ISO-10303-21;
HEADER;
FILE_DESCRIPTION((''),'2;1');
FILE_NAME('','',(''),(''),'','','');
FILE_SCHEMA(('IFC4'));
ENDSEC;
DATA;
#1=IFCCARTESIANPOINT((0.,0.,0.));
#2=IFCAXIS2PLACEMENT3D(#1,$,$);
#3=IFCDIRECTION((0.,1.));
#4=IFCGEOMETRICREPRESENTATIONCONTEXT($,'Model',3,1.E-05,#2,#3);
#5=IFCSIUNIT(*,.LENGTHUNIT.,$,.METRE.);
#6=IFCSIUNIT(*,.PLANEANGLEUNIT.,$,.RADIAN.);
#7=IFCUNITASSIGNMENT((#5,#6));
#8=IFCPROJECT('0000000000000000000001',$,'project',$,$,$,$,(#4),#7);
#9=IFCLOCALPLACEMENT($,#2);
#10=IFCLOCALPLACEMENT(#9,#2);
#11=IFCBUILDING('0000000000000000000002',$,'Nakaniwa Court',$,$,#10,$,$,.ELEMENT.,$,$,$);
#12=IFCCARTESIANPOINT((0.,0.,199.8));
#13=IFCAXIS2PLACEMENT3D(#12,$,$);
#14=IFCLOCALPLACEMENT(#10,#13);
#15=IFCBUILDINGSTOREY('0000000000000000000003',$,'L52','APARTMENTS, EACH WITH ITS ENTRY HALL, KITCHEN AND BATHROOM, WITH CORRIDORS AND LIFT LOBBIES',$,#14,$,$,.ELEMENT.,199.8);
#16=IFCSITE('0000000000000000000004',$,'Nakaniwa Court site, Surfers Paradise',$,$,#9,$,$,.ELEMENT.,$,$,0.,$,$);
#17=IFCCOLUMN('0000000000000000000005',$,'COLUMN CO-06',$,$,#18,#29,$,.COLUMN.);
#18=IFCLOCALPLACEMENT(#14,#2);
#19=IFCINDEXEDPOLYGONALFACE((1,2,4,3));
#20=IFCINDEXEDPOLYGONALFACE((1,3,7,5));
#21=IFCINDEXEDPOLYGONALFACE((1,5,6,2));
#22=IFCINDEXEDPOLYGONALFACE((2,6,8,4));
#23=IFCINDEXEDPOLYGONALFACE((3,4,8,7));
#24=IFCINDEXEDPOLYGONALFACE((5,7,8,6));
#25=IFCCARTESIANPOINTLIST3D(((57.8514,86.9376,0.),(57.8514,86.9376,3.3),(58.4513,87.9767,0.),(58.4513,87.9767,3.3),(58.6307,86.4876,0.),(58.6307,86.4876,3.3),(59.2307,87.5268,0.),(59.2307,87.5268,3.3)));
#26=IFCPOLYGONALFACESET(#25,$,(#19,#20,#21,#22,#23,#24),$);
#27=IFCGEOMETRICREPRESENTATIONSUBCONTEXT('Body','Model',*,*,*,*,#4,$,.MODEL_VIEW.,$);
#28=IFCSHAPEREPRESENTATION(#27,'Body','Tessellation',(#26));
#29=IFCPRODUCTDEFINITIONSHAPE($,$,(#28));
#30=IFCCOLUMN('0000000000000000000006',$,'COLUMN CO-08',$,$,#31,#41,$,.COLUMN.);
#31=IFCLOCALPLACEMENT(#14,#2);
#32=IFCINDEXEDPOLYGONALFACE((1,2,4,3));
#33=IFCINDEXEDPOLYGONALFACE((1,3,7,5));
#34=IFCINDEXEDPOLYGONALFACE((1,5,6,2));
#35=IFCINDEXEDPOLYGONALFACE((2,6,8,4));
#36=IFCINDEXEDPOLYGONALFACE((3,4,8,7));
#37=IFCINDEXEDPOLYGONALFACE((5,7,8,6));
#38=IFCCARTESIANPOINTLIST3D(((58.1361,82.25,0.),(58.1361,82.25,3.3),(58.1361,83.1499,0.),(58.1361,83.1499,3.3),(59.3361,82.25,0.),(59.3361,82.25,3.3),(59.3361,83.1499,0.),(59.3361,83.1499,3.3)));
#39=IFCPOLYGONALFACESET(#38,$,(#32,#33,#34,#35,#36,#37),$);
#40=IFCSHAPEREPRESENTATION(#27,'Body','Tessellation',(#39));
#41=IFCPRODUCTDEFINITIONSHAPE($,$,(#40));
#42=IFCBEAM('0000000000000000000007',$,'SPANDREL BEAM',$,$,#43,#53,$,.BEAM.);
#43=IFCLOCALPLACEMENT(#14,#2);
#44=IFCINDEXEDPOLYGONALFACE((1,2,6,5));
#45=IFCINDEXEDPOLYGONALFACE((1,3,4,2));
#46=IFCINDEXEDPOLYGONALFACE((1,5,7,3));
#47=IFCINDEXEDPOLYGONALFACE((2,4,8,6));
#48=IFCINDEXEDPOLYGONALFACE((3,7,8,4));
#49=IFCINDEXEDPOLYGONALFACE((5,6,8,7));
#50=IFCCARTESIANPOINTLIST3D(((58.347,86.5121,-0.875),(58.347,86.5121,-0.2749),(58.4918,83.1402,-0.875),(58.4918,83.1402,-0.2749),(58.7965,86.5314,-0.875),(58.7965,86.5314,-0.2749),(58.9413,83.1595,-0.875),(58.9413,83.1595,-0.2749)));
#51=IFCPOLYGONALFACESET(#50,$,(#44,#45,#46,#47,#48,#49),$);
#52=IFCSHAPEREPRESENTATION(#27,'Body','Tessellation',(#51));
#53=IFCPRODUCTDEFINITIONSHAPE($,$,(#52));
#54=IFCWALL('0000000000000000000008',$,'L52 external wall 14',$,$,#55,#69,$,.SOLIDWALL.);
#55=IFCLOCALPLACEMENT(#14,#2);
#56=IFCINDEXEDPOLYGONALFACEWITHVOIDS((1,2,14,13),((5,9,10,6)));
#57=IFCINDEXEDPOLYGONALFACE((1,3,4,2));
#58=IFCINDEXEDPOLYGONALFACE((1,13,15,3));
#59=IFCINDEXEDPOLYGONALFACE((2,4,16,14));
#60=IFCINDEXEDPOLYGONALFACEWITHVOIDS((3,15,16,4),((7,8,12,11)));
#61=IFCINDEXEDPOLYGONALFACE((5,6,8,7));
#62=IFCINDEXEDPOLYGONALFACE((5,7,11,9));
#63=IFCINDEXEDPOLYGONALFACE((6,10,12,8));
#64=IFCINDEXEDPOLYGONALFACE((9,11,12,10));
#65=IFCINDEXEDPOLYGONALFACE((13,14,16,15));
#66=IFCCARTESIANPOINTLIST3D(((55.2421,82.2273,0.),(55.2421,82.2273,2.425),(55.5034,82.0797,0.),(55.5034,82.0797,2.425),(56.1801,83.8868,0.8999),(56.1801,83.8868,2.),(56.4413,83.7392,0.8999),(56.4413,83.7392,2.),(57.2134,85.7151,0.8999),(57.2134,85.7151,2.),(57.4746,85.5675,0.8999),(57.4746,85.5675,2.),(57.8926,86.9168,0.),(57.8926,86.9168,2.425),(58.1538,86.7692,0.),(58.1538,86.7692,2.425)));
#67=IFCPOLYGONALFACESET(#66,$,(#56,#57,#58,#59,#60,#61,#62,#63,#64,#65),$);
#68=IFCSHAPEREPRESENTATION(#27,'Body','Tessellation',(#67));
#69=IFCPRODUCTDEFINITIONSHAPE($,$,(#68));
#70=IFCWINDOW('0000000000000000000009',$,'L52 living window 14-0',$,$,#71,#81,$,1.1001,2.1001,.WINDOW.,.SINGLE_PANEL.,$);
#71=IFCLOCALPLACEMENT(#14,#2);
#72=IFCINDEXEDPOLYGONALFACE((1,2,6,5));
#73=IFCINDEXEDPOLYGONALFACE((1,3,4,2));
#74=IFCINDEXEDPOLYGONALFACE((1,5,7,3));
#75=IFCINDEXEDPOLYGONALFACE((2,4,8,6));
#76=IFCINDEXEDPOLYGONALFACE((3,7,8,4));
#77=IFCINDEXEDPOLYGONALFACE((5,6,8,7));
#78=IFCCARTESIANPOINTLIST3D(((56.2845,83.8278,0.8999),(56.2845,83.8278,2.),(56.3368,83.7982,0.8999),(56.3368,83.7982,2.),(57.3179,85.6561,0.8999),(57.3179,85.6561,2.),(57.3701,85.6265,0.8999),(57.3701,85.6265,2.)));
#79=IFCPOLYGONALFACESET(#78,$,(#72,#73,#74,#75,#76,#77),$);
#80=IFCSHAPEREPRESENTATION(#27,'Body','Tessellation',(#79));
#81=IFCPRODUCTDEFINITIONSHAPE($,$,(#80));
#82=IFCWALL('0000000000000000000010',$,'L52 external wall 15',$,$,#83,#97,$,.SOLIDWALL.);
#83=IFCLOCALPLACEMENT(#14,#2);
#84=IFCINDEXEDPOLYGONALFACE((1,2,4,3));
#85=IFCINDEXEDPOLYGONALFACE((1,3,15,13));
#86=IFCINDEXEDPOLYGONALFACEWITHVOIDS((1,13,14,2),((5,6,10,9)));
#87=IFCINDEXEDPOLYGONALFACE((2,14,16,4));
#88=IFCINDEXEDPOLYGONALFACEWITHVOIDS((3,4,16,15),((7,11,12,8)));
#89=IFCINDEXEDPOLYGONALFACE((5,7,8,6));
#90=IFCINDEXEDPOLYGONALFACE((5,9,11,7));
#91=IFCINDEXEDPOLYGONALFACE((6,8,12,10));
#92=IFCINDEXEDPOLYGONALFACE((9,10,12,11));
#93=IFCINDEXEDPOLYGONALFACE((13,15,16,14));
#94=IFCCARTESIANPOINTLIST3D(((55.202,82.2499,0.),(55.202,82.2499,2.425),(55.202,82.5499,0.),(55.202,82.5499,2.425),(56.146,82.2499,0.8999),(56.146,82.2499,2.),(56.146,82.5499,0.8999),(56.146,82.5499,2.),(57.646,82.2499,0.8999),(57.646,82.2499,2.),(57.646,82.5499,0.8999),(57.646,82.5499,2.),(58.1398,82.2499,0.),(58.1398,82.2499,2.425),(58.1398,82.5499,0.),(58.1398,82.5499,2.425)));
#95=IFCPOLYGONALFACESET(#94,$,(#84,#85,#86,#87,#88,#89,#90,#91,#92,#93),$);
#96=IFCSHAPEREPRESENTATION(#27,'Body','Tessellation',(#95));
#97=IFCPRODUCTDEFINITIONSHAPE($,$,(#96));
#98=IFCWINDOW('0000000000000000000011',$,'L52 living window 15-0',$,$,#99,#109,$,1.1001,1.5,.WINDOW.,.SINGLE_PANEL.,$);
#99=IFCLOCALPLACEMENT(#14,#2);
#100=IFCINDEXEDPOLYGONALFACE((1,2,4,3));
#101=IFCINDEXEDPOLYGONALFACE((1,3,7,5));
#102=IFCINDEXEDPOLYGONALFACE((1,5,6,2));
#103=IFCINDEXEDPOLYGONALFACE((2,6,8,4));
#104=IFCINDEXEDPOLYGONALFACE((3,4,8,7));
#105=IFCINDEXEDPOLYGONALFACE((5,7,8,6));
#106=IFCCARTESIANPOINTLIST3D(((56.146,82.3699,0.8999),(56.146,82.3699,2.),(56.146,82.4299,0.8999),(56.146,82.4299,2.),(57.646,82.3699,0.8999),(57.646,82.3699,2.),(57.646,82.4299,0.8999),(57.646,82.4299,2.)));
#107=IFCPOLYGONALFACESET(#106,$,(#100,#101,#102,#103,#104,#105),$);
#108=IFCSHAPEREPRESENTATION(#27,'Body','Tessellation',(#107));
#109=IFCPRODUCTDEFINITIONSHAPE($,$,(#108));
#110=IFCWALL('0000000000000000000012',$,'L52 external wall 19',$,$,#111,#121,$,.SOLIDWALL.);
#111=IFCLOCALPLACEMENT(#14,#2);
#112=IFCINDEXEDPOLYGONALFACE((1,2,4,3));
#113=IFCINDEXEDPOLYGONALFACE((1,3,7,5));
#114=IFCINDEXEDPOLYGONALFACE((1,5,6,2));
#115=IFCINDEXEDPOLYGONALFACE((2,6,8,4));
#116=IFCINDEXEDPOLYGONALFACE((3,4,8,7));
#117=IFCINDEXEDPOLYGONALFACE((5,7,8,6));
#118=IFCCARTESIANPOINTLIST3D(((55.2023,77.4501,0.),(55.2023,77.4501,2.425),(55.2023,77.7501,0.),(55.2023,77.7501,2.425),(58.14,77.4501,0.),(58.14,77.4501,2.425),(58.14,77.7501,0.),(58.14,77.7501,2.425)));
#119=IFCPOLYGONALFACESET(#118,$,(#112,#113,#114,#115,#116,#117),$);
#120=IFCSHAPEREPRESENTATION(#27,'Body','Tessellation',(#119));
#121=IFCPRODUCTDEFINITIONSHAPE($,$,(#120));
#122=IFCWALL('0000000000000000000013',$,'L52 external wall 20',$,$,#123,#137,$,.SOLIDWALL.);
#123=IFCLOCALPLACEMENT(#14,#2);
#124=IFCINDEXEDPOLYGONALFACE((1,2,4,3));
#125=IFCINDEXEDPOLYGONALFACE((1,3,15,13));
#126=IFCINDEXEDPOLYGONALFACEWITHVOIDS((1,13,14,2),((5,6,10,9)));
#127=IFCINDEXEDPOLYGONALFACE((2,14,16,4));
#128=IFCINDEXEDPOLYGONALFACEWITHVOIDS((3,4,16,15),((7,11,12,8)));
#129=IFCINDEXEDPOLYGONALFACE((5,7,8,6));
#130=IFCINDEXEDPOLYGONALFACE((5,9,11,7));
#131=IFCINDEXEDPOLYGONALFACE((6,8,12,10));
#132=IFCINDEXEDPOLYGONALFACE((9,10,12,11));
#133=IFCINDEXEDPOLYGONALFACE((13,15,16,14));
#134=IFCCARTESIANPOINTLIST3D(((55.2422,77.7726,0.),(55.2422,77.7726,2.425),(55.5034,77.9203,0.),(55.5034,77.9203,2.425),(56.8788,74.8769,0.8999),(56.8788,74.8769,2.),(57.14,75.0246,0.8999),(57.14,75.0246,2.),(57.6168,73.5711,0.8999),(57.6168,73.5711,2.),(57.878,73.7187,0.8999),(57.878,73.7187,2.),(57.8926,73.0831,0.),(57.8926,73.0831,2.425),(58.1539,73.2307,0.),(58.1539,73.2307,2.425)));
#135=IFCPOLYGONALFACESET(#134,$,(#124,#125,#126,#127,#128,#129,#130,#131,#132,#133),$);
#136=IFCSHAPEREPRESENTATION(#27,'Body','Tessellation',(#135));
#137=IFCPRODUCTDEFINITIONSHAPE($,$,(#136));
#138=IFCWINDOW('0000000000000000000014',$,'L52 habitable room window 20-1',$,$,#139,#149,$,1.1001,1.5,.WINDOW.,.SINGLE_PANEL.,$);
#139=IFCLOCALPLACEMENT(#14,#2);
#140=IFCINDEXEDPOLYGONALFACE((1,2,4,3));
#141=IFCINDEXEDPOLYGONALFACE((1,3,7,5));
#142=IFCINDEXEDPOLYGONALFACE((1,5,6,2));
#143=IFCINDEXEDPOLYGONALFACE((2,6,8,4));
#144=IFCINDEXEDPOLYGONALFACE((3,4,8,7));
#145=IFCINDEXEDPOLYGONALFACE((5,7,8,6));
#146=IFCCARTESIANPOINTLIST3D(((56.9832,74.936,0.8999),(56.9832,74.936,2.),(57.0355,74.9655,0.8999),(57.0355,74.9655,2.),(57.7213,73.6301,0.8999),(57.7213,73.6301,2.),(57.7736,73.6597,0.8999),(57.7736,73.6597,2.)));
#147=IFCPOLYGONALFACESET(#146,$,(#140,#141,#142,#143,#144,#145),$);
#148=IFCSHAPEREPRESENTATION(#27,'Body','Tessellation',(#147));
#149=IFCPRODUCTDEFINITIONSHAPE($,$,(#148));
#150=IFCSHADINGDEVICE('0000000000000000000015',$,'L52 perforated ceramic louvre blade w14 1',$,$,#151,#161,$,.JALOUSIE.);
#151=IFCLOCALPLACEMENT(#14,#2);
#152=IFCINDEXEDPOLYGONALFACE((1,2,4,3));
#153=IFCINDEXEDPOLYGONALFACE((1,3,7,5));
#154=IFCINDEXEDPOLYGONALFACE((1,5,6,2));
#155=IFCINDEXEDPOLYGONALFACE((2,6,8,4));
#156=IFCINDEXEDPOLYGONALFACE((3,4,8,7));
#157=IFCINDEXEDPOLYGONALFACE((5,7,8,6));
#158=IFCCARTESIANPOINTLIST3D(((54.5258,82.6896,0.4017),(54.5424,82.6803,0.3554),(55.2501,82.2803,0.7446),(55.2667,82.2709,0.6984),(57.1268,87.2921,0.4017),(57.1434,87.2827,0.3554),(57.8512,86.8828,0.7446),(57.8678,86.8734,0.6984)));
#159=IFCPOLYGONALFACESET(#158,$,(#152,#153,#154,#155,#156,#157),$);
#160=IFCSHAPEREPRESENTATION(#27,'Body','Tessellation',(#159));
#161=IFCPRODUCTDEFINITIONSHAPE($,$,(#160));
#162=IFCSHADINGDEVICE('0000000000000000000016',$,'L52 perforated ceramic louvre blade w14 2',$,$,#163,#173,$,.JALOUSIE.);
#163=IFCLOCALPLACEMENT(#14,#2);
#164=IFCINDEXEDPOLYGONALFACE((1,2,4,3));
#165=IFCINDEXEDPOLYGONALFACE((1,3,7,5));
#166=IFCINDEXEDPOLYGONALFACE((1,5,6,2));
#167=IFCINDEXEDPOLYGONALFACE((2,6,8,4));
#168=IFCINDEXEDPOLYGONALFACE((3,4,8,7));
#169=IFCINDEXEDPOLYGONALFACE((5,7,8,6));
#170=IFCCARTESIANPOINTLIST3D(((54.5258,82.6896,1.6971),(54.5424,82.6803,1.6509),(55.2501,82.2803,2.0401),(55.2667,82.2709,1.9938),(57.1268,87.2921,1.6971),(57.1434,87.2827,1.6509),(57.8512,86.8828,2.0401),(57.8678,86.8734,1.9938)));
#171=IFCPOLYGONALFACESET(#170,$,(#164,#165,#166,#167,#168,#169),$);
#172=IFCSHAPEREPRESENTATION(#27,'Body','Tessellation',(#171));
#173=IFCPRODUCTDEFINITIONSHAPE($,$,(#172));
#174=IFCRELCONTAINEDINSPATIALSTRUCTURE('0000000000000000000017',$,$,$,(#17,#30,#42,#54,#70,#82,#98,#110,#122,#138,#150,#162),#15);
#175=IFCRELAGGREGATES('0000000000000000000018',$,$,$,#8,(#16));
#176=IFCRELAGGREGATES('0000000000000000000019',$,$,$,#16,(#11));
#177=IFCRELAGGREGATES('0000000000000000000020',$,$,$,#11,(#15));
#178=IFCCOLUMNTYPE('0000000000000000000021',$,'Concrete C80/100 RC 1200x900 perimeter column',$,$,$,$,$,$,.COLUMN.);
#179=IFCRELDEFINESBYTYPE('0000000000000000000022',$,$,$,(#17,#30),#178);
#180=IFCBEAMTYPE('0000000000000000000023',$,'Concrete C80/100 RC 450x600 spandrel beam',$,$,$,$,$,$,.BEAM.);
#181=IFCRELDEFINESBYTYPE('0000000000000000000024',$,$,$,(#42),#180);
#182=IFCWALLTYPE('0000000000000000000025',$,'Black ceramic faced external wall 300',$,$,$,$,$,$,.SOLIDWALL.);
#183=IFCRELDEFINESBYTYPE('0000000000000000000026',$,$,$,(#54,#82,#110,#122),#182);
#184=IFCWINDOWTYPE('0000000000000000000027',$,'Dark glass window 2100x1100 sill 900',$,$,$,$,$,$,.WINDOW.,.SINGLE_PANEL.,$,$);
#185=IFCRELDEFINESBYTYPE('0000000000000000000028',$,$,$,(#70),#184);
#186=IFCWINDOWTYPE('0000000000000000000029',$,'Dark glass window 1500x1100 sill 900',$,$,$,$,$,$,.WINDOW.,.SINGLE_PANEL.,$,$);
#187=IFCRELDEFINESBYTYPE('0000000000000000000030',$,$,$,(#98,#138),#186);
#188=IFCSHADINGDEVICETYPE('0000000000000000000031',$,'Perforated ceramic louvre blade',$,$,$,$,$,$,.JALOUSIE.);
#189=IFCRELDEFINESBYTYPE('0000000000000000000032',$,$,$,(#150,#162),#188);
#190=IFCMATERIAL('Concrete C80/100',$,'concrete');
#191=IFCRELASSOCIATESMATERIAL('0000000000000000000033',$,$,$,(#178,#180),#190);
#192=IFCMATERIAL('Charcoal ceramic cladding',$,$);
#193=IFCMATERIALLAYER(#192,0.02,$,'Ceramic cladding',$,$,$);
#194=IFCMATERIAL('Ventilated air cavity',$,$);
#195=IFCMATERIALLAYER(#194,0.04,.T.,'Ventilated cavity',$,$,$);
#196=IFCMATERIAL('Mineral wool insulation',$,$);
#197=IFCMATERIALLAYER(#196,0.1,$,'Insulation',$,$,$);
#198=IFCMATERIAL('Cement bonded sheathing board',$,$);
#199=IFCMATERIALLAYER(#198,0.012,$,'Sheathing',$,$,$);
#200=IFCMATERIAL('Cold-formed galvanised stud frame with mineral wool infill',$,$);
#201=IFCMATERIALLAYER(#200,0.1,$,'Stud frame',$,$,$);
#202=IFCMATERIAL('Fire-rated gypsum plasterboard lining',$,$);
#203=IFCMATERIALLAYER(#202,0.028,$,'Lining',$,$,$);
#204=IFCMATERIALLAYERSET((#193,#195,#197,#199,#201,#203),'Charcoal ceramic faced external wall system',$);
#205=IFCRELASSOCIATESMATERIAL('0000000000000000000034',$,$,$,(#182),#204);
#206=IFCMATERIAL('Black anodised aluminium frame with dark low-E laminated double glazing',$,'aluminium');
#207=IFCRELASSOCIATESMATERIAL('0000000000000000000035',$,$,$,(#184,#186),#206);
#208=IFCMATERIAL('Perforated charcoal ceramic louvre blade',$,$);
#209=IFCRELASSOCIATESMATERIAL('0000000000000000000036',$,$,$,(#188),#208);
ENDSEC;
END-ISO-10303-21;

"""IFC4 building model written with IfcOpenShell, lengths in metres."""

from ifc_helpers import new_model, si_unit, direction, frame, frame_2d, origin, origin_2d, place, context, subcontext, project, spatial, rectangle, extrude, material, layer, layer_set, material_profile, profile_set, type_object, element, fill, save


model = new_model("IFC4")

# Units and contexts
model_context = context("Model", 3, precision=1e-05, world=origin(), true_north=direction((0.0, 1.0)))
body_context = subcontext(model_context, "Body", "Model", "MODEL_VIEW")
ifc_project = project(units=[si_unit("LENGTHUNIT", "METRE"), si_unit("PLANEANGLEUNIT", "RADIAN")], contexts=[model_context])

# Site, building, storey
site_placement = place(None, origin())
site = spatial("IfcSite", under=ifc_project, at=site_placement, Name="Nakaniwa Court site, Surfers Paradise", CompositionType="ELEMENT", RefElevation=0.0)
building_placement = place(site_placement, origin())
building = spatial("IfcBuilding", under=site, at=building_placement, Name="Nakaniwa Court", CompositionType="ELEMENT")
storey_placement = place(building_placement, frame((0.0, 0.0, 199.8)))
storey = spatial("IfcBuildingStorey", under=building, at=storey_placement, Name="L52", Description="APARTMENTS, EACH WITH ITS ENTRY HALL, KITCHEN AND BATHROOM, WITH CORRIDORS AND LIFT LOBBIES", CompositionType="ELEMENT", Elevation=199.8)

# Columns
ifc_material_1 = material(Name="Concrete C80/100", Category="concrete")
ifc_material_profile_1 = material_profile(ifc_material_1, rectangle(XDim=1.2, YDim=0.8999, at=origin_2d()), Name="Concrete C80/100 RC 1200x900 perimeter column")
ifc_profile_set_1 = profile_set([ifc_material_profile_1], Name="Concrete C80/100")
column_type = type_object("IfcColumnType", Name="Concrete C80/100 RC 1200x900 perimeter column", PredefinedType="COLUMN", material=ifc_profile_set_1)
for number, where, z_axis, x_axis, name in (
    (1, (58.541, 87.2322, 0.0), (0.0, 0.0, 1.0), (-0.5, -0.866025, 0.0), "COLUMN CO-06"),
    (2, (58.7361, 82.7, 0.0), (0.0, 0.0, 1.0), (1.0, 0.0, 0.0), "COLUMN CO-08"),
):
    element("IfcColumn", number, at=place(storey_placement, frame(where, z_axis=z_axis, x_axis=x_axis)), inside=storey, type_object=column_type, Name=name, PredefinedType="COLUMN", context=body_context, shape_type="SweptSolid", body=[
        extrude(rectangle(XDim=1.2, YDim=0.8999, at=origin_2d()), origin(), (0.0, 0.0, 1.0), 3.3),
    ])

# Beam
ifc_material_profile_2 = material_profile(ifc_material_1, rectangle(XDim=0.45, YDim=0.6001, at=origin_2d()), Name="Concrete C80/100 RC 450x600 spandrel beam")
ifc_profile_set_2 = profile_set([ifc_material_profile_2], Name="Concrete C80/100")
beam_type = type_object("IfcBeamType", Name="Concrete C80/100 RC 450x600 spandrel beam", PredefinedType="BEAM", material=ifc_profile_set_2)
beam_placement = place(storey_placement, frame((58.5718, 86.5217, -0.575), z_axis=(0.042897, -0.999079, 0.0), x_axis=(0.999079, 0.042897, 0.0)))
element("IfcBeam", 3, at=beam_placement, inside=storey, type_object=beam_type, Name="SPANDREL BEAM", PredefinedType="BEAM", context=body_context, shape_type="SweptSolid", body=[
    extrude(rectangle(XDim=0.45, YDim=0.6001, at=origin_2d()), origin(), (0.0, 0.0, 1.0), 3.375),
])

# Walls, openings, windows
ifc_material_2 = material(Name="Charcoal ceramic cladding")
ifc_layer_1 = layer(ifc_material_2, 0.02, Name="Ceramic cladding")
ifc_material_3 = material(Name="Ventilated air cavity")
ifc_layer_2 = layer(ifc_material_3, 0.04, ventilated=True, Name="Ventilated cavity")
ifc_material_4 = material(Name="Mineral wool insulation")
ifc_layer_3 = layer(ifc_material_4, 0.1, Name="Insulation")
ifc_material_5 = material(Name="Cement bonded sheathing board")
ifc_layer_4 = layer(ifc_material_5, 0.012, Name="Sheathing")
ifc_material_6 = material(Name="Cold-formed galvanised stud frame with mineral wool infill")
ifc_layer_5 = layer(ifc_material_6, 0.1, Name="Stud frame")
ifc_material_7 = material(Name="Fire-rated gypsum plasterboard lining")
ifc_layer_6 = layer(ifc_material_7, 0.028, Name="Lining")
ifc_layer_set = layer_set([ifc_layer_1, ifc_layer_2, ifc_layer_3, ifc_layer_4, ifc_layer_5, ifc_layer_6], Name="Charcoal ceramic faced external wall system")
wall_type = type_object("IfcWallType", Name="Black ceramic faced external wall 300", PredefinedType="SOLIDWALL", material=ifc_layer_set)
wall_1_placement = place(storey_placement, frame((58.0232, 86.843, 0.0), z_axis=(0.0, 0.0, 1.0), x_axis=(-0.492033, -0.870576, 0.0)))
wall_1 = element("IfcWall", 4, at=wall_1_placement, inside=storey, type_object=wall_type, Name="L52 external wall 14", PredefinedType="SOLIDWALL", context=body_context, shape_type="SweptSolid", body=[
    extrude(rectangle(XDim=5.3867, YDim=0.3, at=frame_2d((2.6934, 0.0))), origin(), (0.0, 0.0, 1.0), 2.425),
])
opening_1_placement = place(wall_1_placement, frame((1.3804, 0.0, 0.8999)))
opening_1 = element("IfcOpeningElement", 5, at=opening_1_placement, cuts=wall_1, PredefinedType="OPENING", context=body_context, shape_type="SweptSolid", body=[
    extrude(rectangle(XDim=2.1001, YDim=1.1001, at=frame_2d((1.05, 0.55))), frame((0.0, 0.1599, 0.0), z_axis=(0.0, -1.0, 0.0), x_axis=(1.0, 0.0, 0.0)), (0.0, 0.0, 1.0), 0.3201),
])
ifc_material_8 = material(Name="Black anodised aluminium frame with dark low-E laminated double glazing", Category="aluminium")
window_type_1 = type_object("IfcWindowType", Name="Dark glass window 2100x1100 sill 900", PartitioningType="SINGLE_PANEL", PredefinedType="WINDOW", material=ifc_material_8)
window_1_placement = place(opening_1_placement, origin())
window_1 = element("IfcWindow", 6, at=window_1_placement, inside=storey, type_object=window_type_1, Name="L52 living window 14-0", OverallHeight=1.1001, OverallWidth=2.1001, PartitioningType="SINGLE_PANEL", PredefinedType="WINDOW", context=body_context, shape_type="SweptSolid", body=[
    extrude(rectangle(XDim=2.1001, YDim=1.1001, at=frame_2d((1.05, 0.55))), frame((0.0, 0.03, 0.0), z_axis=(0.0, -1.0, 0.0), x_axis=(1.0, 0.0, 0.0)), (0.0, 0.0, 1.0), 0.0601),
])
fill(opening_1, window_1)
wall_2_placement = place(storey_placement, frame((55.2021, 82.3999, 0.0), z_axis=(0.0, 0.0, 1.0), x_axis=(1.0, 0.0, 0.0)))
wall_2 = element("IfcWall", 7, at=wall_2_placement, inside=storey, type_object=wall_type, Name="L52 external wall 15", PredefinedType="SOLIDWALL", context=body_context, shape_type="SweptSolid", body=[
    extrude(rectangle(XDim=2.9377, YDim=0.3, at=frame_2d((1.4688, 0.0))), origin(), (0.0, 0.0, 1.0), 2.425),
])
opening_2_placement = place(wall_2_placement, frame((0.9438, 0.0, 0.8999)))
opening_2 = element("IfcOpeningElement", 8, at=opening_2_placement, cuts=wall_2, PredefinedType="OPENING", context=body_context, shape_type="SweptSolid", body=[
    extrude(rectangle(XDim=1.5, YDim=1.1001, at=frame_2d((0.75, 0.55))), frame((0.0, 0.1599, 0.0), z_axis=(0.0, -1.0, 0.0), x_axis=(1.0, 0.0, 0.0)), (0.0, 0.0, 1.0), 0.3201),
])
window_type_2 = type_object("IfcWindowType", Name="Dark glass window 1500x1100 sill 900", PartitioningType="SINGLE_PANEL", PredefinedType="WINDOW", material=ifc_material_8)
window_2_placement = place(opening_2_placement, origin())
window_2 = element("IfcWindow", 9, at=window_2_placement, inside=storey, type_object=window_type_2, Name="L52 living window 15-0", OverallHeight=1.1001, OverallWidth=1.5, PartitioningType="SINGLE_PANEL", PredefinedType="WINDOW", context=body_context, shape_type="SweptSolid", body=[
    extrude(rectangle(XDim=1.5, YDim=1.1001, at=frame_2d((0.75, 0.55))), frame((0.0, 0.03, 0.0), z_axis=(0.0, -1.0, 0.0), x_axis=(1.0, 0.0, 0.0)), (0.0, 0.0, 1.0), 0.0601),
])
fill(opening_2, window_2)

# Wall
wall_3_placement = place(storey_placement, frame((58.1399, 77.6001, 0.0), z_axis=(0.0, 0.0, 1.0), x_axis=(-1.0, 0.0, 0.0)))
element("IfcWall", 10, at=wall_3_placement, inside=storey, type_object=wall_type, Name="L52 external wall 19", PredefinedType="SOLIDWALL", context=body_context, shape_type="SweptSolid", body=[
    extrude(rectangle(XDim=2.9377, YDim=0.3, at=frame_2d((1.4688, 0.0))), origin(), (0.0, 0.0, 1.0), 2.425),
])

# Wall, opening, window
wall_4_placement = place(storey_placement, frame((55.3728, 77.8464, 0.0), z_axis=(0.0, 0.0, 1.0), x_axis=(0.492033, -0.870576, 0.0)))
wall_4 = element("IfcWall", 11, at=wall_4_placement, inside=storey, type_object=wall_type, Name="L52 external wall 20", PredefinedType="SOLIDWALL", context=body_context, shape_type="SweptSolid", body=[
    extrude(rectangle(XDim=5.3867, YDim=0.3, at=frame_2d((2.6934, 0.0))), origin(), (0.0, 0.0, 1.0), 2.425),
])
opening_3_placement = place(wall_4_placement, frame((3.3262, 0.0, 0.8999)))
opening_3 = element("IfcOpeningElement", 12, at=opening_3_placement, cuts=wall_4, PredefinedType="OPENING", context=body_context, shape_type="SweptSolid", body=[
    extrude(rectangle(XDim=1.5, YDim=1.1001, at=frame_2d((0.75, 0.55))), frame((0.0, 0.1599, 0.0), z_axis=(0.0, -1.0, 0.0), x_axis=(1.0, 0.0, 0.0)), (0.0, 0.0, 1.0), 0.3201),
])
window_3_placement = place(opening_3_placement, origin())
window_3 = element("IfcWindow", 13, at=window_3_placement, inside=storey, type_object=window_type_2, Name="L52 habitable room window 20-1", OverallHeight=1.1001, OverallWidth=1.5, PartitioningType="SINGLE_PANEL", PredefinedType="WINDOW", context=body_context, shape_type="SweptSolid", body=[
    extrude(rectangle(XDim=1.5, YDim=1.1001, at=frame_2d((0.75, 0.55))), frame((0.0, 0.03, 0.0), z_axis=(0.0, -1.0, 0.0), x_axis=(1.0, 0.0, 0.0)), (0.0, 0.0, 1.0), 0.0601),
])
fill(opening_3, window_3)

# Shading devices
ifc_material_9 = material(Name="Perforated charcoal ceramic louvre blade")
ifc_material_profile_3 = material_profile(ifc_material_9, rectangle(XDim=0.8999, YDim=0.05, at=origin_2d()), Name="Perforated ceramic louvre blade")
ifc_profile_set_3 = profile_set([ifc_material_profile_3], Name="Perforated charcoal ceramic louvre blade")
shading_device_type = type_object("IfcShadingDeviceType", Name="Perforated ceramic louvre blade", PredefinedType="JALOUSIE", material=ifc_profile_set_3)
for number, where, z_axis, x_axis, name in (
    (14, (57.4973, 87.0828, 0.55), (-0.492006, -0.870592, 0.0), (0.804902, -0.454882, 0.38107), "L52 perforated ceramic louvre blade w14 1"),
    (15, (57.4973, 87.0828, 1.8455), (-0.492006, -0.870592, 0.0), (0.804902, -0.454882, 0.38107), "L52 perforated ceramic louvre blade w14 2"),
):
    element("IfcShadingDevice", number, at=place(storey_placement, frame(where, z_axis=z_axis, x_axis=x_axis)), inside=storey, type_object=shading_device_type, Name=name, PredefinedType="JALOUSIE", context=body_context, shape_type="SweptSolid", body=[
        extrude(rectangle(XDim=0.8999, YDim=0.05, at=origin_2d()), origin(), (0.0, 0.0, 1.0), 5.2866),
    ])

save(model, "model.ifc")
